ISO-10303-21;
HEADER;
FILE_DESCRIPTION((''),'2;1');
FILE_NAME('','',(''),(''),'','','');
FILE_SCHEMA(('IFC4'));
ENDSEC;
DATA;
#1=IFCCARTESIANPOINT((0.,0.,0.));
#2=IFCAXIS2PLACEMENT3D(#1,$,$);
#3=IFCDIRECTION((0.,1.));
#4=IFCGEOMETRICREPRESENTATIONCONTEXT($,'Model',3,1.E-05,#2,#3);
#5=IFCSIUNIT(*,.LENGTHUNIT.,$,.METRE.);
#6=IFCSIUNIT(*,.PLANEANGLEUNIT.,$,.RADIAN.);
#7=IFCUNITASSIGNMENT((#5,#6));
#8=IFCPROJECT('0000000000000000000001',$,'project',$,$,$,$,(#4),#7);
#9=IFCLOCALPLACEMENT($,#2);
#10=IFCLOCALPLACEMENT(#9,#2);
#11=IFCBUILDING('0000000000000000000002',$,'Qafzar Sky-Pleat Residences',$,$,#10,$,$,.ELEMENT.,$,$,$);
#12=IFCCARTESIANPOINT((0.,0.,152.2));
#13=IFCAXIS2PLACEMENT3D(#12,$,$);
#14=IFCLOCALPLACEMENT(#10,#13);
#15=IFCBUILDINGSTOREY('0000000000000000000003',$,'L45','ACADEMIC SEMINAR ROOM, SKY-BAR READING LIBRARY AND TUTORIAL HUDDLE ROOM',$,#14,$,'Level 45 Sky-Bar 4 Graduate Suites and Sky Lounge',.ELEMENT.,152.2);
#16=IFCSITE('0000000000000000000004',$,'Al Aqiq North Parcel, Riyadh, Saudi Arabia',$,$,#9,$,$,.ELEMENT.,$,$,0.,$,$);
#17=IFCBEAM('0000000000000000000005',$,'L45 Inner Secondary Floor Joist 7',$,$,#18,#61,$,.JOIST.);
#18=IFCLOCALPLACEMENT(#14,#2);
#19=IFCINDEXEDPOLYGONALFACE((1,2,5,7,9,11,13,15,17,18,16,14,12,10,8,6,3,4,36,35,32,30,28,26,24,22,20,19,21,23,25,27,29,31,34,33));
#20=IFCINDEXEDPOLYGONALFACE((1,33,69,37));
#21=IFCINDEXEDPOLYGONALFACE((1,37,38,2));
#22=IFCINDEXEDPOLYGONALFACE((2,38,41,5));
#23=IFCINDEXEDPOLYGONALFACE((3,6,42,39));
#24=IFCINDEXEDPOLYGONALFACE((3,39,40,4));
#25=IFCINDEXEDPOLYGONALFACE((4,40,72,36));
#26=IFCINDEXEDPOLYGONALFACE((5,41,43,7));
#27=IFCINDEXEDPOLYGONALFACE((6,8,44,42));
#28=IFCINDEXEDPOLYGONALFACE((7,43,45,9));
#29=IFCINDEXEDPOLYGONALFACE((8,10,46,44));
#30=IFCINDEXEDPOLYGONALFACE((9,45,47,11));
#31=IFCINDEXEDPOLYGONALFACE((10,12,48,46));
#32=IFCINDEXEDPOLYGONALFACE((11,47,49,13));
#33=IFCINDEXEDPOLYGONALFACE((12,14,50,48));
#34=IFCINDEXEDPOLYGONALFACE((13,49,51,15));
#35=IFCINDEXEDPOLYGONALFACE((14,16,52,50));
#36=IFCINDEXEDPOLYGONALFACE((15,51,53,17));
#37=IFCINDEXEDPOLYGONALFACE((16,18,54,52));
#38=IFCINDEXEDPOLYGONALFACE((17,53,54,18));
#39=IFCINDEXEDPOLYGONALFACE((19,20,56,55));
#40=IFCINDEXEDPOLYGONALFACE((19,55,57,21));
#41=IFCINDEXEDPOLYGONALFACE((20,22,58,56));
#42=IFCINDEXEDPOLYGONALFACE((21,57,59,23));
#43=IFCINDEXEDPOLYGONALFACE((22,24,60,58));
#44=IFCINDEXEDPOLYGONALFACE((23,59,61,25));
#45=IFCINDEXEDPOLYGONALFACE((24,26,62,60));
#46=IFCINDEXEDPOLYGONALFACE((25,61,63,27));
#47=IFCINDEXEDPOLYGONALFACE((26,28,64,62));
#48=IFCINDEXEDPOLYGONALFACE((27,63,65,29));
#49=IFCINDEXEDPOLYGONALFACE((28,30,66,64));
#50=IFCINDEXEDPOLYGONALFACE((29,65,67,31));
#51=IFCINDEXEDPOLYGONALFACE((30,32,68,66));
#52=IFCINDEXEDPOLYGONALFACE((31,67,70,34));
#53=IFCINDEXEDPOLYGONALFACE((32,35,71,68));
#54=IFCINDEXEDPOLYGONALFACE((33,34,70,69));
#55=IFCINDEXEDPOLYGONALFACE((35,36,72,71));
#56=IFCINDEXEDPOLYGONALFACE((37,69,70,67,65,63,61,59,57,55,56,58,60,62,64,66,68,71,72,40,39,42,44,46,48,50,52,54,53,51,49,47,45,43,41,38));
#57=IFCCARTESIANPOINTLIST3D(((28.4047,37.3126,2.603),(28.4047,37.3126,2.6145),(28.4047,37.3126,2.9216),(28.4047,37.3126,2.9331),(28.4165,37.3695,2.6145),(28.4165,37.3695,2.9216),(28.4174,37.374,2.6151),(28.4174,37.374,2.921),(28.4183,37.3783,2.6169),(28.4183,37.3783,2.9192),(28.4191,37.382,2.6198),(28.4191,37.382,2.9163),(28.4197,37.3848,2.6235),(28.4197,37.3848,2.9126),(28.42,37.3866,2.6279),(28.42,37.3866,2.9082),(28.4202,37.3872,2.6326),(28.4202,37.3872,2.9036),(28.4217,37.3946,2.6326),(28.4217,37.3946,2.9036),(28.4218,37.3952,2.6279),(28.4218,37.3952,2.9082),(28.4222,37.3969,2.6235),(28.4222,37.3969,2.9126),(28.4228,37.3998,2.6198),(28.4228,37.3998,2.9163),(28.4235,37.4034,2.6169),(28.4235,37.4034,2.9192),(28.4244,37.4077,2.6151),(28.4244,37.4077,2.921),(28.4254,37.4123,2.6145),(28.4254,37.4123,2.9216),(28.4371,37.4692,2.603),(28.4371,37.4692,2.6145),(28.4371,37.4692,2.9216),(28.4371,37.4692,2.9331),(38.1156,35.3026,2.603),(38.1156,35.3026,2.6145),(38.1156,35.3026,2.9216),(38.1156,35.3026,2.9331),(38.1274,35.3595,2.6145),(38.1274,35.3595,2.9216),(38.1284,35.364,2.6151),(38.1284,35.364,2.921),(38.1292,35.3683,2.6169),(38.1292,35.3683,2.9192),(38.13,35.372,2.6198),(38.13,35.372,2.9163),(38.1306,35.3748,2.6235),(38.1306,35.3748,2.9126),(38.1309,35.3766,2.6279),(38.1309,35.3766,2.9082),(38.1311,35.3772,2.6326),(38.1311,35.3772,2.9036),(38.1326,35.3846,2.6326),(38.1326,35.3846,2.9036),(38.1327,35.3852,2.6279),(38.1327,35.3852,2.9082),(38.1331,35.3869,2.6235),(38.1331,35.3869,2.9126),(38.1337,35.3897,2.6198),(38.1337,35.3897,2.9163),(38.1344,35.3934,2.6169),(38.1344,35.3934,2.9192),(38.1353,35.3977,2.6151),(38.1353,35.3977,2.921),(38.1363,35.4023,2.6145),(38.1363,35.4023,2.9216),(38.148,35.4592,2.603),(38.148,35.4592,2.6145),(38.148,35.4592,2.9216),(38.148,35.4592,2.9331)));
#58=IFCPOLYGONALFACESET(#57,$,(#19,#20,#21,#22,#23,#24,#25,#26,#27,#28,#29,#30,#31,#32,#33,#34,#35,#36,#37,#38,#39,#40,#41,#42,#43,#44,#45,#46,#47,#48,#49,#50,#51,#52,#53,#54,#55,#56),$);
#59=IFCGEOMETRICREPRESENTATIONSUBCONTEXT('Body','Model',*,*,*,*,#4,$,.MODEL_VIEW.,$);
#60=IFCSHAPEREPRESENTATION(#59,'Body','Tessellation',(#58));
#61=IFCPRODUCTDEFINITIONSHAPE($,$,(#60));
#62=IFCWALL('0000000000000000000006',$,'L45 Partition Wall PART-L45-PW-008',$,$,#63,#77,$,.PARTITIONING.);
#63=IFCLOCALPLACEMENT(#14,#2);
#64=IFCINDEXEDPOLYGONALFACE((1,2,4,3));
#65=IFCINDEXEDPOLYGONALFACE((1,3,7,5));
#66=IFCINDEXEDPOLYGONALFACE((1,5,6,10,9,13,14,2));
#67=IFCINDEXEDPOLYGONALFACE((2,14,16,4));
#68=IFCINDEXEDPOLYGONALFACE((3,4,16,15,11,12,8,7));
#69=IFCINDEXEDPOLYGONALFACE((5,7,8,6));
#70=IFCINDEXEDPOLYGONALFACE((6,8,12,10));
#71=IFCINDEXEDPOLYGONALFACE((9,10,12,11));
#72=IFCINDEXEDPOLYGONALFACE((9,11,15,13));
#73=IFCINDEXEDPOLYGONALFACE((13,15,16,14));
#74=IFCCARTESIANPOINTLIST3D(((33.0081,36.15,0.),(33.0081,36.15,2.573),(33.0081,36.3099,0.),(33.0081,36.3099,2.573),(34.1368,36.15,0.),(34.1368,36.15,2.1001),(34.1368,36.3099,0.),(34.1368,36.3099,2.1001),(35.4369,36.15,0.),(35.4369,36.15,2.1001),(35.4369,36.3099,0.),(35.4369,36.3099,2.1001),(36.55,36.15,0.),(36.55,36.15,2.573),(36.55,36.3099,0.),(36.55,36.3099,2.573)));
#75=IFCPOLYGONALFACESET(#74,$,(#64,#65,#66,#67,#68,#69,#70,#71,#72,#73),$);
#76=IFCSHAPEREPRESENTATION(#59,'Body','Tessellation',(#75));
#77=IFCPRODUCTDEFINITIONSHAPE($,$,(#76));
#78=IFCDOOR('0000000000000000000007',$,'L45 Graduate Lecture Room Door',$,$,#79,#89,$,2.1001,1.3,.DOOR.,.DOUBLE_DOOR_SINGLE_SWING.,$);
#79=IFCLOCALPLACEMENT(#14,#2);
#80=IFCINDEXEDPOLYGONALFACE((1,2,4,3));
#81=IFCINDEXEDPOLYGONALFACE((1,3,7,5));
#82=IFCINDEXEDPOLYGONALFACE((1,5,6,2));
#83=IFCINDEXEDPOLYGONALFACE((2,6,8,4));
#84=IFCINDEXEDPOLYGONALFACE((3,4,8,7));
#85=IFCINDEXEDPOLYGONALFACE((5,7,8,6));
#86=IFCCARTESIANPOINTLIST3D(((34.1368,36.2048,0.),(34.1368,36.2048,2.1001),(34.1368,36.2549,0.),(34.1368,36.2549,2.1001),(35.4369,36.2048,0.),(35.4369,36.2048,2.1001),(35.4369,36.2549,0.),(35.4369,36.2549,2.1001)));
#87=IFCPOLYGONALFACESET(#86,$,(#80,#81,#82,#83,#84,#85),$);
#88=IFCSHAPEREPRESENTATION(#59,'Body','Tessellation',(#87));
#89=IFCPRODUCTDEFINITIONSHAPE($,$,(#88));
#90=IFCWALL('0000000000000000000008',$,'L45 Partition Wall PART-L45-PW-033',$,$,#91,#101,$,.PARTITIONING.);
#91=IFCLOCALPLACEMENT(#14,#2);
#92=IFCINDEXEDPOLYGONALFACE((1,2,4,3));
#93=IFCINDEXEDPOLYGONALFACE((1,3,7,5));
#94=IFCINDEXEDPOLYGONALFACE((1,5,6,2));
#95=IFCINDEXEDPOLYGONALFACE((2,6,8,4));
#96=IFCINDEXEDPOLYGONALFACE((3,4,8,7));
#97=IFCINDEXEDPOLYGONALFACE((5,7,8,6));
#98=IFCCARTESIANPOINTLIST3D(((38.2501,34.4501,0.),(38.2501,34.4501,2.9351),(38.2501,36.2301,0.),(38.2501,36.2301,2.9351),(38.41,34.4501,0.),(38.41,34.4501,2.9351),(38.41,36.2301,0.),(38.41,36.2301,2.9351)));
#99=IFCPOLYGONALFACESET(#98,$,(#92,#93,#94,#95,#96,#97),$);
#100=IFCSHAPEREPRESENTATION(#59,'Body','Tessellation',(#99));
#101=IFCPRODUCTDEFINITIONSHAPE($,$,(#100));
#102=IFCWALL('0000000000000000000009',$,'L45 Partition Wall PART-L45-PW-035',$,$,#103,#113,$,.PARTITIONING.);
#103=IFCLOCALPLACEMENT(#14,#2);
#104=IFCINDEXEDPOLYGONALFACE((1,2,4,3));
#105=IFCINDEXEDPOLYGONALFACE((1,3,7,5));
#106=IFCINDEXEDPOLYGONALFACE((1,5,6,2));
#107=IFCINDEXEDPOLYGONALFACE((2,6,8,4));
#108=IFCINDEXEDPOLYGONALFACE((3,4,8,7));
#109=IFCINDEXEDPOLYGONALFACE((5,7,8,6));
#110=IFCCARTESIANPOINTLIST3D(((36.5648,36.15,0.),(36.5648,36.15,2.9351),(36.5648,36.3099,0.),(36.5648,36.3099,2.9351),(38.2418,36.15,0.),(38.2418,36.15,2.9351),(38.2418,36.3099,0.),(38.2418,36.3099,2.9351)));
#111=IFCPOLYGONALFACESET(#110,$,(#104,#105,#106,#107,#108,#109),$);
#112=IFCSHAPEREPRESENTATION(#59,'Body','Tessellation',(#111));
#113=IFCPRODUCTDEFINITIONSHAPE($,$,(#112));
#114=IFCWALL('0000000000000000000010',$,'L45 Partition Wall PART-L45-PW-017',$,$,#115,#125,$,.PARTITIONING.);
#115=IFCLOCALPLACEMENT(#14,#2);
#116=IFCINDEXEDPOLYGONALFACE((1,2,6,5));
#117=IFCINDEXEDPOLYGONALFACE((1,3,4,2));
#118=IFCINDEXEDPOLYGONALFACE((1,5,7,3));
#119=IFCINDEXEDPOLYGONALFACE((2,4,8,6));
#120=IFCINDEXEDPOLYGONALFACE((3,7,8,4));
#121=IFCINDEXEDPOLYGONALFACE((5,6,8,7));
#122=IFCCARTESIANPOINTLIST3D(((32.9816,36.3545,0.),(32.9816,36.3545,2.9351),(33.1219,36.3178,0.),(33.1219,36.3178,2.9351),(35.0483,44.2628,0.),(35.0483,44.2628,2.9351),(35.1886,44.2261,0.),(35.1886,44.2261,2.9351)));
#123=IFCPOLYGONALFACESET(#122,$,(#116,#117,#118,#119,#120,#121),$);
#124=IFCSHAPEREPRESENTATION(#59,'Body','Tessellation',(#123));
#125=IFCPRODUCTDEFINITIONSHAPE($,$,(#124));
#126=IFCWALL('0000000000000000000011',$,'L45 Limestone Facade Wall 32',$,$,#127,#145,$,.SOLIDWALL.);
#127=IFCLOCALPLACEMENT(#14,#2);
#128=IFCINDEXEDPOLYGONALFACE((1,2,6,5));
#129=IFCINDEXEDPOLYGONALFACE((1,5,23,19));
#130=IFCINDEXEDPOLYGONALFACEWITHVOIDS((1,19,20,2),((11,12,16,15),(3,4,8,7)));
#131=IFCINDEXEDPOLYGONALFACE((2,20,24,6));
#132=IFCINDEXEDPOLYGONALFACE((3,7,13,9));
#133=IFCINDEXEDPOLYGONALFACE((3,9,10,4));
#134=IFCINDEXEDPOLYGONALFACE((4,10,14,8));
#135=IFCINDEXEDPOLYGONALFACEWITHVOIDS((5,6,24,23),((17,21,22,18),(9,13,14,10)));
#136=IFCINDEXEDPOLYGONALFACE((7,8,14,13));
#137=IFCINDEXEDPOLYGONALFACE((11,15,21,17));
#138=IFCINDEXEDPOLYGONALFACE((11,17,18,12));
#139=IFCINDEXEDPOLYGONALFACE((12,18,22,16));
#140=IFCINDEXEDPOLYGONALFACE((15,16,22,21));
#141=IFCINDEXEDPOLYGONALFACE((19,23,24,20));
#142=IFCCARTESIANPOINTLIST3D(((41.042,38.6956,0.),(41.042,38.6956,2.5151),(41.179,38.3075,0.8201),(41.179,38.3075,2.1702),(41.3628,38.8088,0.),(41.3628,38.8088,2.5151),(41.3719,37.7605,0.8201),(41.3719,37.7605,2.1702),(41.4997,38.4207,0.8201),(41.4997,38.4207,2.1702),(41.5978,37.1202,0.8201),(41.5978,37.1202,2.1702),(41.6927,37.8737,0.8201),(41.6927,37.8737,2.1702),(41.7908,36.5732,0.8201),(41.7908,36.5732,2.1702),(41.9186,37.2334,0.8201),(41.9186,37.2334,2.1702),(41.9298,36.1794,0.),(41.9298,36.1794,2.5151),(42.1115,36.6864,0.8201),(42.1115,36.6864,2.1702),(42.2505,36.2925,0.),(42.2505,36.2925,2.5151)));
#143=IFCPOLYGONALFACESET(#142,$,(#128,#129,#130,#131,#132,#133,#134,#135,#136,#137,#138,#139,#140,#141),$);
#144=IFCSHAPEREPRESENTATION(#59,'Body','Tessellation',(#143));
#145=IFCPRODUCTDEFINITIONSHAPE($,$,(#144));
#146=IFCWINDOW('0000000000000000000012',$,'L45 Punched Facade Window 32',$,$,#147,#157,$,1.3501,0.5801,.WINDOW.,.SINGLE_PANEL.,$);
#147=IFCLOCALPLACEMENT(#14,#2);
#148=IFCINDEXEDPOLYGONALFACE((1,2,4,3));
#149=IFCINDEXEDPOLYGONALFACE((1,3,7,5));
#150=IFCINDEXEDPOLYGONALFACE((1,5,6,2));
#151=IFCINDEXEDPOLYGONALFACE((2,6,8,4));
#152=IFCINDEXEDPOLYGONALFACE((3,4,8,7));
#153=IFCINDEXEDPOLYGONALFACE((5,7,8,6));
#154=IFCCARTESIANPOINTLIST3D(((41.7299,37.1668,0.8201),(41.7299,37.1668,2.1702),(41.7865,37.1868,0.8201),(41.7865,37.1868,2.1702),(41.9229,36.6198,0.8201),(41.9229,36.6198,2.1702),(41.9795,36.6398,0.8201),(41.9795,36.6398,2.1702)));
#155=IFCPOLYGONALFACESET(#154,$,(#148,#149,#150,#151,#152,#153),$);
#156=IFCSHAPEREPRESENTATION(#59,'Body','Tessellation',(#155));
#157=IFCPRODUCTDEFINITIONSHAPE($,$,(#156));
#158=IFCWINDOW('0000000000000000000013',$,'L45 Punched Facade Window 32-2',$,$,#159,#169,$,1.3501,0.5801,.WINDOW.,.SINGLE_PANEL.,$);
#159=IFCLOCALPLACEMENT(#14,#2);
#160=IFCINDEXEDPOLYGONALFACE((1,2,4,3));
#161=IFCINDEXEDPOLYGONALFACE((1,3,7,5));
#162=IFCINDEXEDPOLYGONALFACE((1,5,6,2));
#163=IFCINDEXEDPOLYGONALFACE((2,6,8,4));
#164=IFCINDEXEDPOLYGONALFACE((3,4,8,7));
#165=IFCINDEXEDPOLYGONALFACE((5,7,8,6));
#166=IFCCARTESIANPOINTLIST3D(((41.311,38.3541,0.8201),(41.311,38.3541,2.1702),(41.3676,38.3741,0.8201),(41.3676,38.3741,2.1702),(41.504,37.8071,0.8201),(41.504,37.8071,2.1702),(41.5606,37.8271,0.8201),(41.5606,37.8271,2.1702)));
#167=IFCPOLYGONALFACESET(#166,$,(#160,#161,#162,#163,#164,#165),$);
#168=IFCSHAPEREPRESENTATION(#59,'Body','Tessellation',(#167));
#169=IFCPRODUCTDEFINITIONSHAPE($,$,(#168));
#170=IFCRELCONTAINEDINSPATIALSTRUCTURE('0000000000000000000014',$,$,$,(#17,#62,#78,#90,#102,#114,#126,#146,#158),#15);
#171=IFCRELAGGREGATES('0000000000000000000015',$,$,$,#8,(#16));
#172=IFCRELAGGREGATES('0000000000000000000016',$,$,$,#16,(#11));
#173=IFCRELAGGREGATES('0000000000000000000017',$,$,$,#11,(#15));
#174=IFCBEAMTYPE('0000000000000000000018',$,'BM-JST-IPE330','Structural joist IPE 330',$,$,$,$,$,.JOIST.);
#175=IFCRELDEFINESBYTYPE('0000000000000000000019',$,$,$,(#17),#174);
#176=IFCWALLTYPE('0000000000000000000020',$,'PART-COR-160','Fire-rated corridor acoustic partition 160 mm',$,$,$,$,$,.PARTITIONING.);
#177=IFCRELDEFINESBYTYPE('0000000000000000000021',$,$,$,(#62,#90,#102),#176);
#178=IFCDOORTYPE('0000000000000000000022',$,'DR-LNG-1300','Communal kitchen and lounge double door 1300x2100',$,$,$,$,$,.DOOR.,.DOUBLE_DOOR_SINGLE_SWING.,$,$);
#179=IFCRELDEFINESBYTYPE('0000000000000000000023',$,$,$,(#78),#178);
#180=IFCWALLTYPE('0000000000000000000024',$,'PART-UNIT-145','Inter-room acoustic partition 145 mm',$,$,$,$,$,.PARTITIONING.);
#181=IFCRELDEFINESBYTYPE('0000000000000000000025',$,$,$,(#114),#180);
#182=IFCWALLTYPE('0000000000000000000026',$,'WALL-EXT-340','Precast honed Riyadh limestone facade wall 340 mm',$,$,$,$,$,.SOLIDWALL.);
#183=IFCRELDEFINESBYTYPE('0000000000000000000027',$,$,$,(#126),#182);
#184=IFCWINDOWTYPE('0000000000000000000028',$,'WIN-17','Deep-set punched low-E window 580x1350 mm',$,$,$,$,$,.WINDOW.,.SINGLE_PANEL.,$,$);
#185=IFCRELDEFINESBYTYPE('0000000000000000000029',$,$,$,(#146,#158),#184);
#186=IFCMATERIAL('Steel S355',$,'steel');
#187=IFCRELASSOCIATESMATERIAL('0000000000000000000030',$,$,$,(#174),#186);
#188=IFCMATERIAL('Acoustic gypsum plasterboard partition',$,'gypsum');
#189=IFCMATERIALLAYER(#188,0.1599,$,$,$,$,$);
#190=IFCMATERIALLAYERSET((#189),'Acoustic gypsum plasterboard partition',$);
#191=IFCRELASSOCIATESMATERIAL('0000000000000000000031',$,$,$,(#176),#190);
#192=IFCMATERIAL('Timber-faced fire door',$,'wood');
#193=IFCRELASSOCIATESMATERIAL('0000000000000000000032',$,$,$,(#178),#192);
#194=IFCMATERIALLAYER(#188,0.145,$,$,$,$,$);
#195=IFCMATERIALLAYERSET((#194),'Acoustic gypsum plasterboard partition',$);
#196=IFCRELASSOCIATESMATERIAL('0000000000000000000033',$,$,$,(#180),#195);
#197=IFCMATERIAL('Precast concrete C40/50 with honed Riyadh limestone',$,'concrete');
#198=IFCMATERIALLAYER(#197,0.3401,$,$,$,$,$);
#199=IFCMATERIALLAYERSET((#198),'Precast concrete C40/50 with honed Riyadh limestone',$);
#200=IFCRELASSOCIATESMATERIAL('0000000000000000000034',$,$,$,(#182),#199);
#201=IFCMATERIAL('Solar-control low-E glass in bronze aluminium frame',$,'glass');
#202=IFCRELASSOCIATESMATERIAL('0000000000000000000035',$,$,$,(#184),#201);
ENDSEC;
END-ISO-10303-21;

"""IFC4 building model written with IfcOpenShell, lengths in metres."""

from ifc_helpers import new_model, si_unit, direction, frame, frame_2d, origin, origin_2d, place, context, subcontext, project, spatial, rectangle, i_section, extrude, source, transform, mapped, material, layer, layer_set, material_profile, profile_set, type_object, element, fill, save


model = new_model("IFC4")

# Units and contexts
model_context = context("Model", 3, precision=1e-05, world=origin(), true_north=direction((0.0, 1.0)))
body_context = subcontext(model_context, "Body", "Model", "MODEL_VIEW")
ifc_project = project(units=[si_unit("LENGTHUNIT", "METRE"), si_unit("PLANEANGLEUNIT", "RADIAN")], contexts=[model_context])

# Site, building, storey
site_placement = place(None, origin())
site = spatial("IfcSite", under=ifc_project, at=site_placement, Name="Al Aqiq North Parcel, Riyadh, Saudi Arabia", CompositionType="ELEMENT", RefElevation=0.0)
building_placement = place(site_placement, origin())
building = spatial("IfcBuilding", under=site, at=building_placement, Name="Qafzar Sky-Pleat Residences", CompositionType="ELEMENT")
storey_placement = place(building_placement, frame((0.0, 0.0, 152.2)))
storey = spatial("IfcBuildingStorey", under=building, at=storey_placement, Name="L45", Description="ACADEMIC SEMINAR ROOM, SKY-BAR READING LIBRARY AND TUTORIAL HUDDLE ROOM", LongName="Level 45 Sky-Bar 4 Graduate Suites and Sky Lounge", CompositionType="ELEMENT", Elevation=152.2)

# Beam
ifc_material_1 = material(Name="Steel S355", Category="steel")
ifc_material_profile_1 = material_profile(ifc_material_1, i_section(OverallWidth=0.1599, OverallDepth=0.3301, WebThickness=0.0076, FlangeThickness=0.0115, FilletRadius=0.0181, at=origin_2d()), Name="IPE 330")
ifc_profile_set_1 = profile_set([ifc_material_profile_1], Name="Steel S355")
beam_type_1 = type_object("IfcBeamType", Name="BM-JST-IPE330", Description="Structural joist IPE 330", PredefinedType="JOIST", material=ifc_profile_set_1)
shared_shape_1 = source(origin(), body_context, "Body", "SweptSolid", [
    extrude(i_section(OverallWidth=0.1599, OverallDepth=0.3301, WebThickness=0.0076, FlangeThickness=0.0115, FilletRadius=0.0181, at=origin_2d()), origin(), (0.0, 0.0, 1.0), 9.9167),
])
beam_1_placement = place(storey_placement, frame((38.1318, 35.3809, 2.7681), z_axis=(-0.979243, 0.202688, 0.0), x_axis=(-0.202688, -0.979243, 0.0)))
element("IfcBeam", 1, at=beam_1_placement, inside=storey, type_object=beam_type_1, Name="L45 Inner Secondary Floor Joist 7", PredefinedType="JOIST", context=body_context, shape_type="MappedRepresentation", body=[
    mapped(shared_shape_1, transform((0.0, 0.0, 0.0), x_axis=(1.0, 0.0, 0.0), y_axis=(0.0, 1.0, 0.0), z_axis=(0.0, 0.0, 1.0), scale=1.0)),
])

# Wall, opening, door
ifc_material_2 = material(Name="Acoustic gypsum plasterboard partition", Category="gypsum")
ifc_layer_1 = layer(ifc_material_2, 0.1599)
ifc_layer_set_1 = layer_set([ifc_layer_1], Name="Acoustic gypsum plasterboard partition")
wall_type_1 = type_object("IfcWallType", Name="PART-COR-160", Description="Fire-rated corridor acoustic partition 160 mm", PredefinedType="PARTITIONING", material=ifc_layer_set_1)
wall_1_placement = place(storey_placement, frame((33.0081, 36.23, 0.0), z_axis=(0.0, 0.0, 1.0), x_axis=(1.0, 0.0, 0.0)))
wall_1 = element("IfcWall", 2, at=wall_1_placement, inside=storey, type_object=wall_type_1, Name="L45 Partition Wall PART-L45-PW-008", PredefinedType="PARTITIONING", context=body_context, shape_type="SweptSolid", body=[
    extrude(rectangle(XDim=3.542, YDim=0.1599, at=frame_2d((1.771, 0.0))), origin(), (0.0, 0.0, 1.0), 2.573),
])
opening_1_placement = place(wall_1_placement, frame((1.1289, 0.0, 0.0)))
opening_1 = element("IfcOpeningElement", 3, at=opening_1_placement, cuts=wall_1, PredefinedType="OPENING", context=body_context, shape_type="SweptSolid", body=[
    extrude(rectangle(XDim=1.3, YDim=2.1001, at=frame_2d((0.6499, 1.05))), frame((0.0, 0.0898, 0.0), z_axis=(0.0, -1.0, 0.0), x_axis=(1.0, 0.0, 0.0)), (0.0, 0.0, 1.0), 0.1799),
])
ifc_material_3 = material(Name="Timber-faced fire door", Category="wood")
door_type = type_object("IfcDoorType", Name="DR-LNG-1300", Description="Communal kitchen and lounge double door 1300x2100", OperationType="DOUBLE_DOOR_SINGLE_SWING", PredefinedType="DOOR", material=ifc_material_3)
shared_shape_2 = source(origin(), body_context, "Body", "SweptSolid", [
    extrude(rectangle(XDim=1.3, YDim=2.1001, at=frame_2d((0.6499, 1.05))), frame((0.0, 0.0249, 0.0), z_axis=(0.0, -1.0, 0.0), x_axis=(1.0, 0.0, 0.0)), (0.0, 0.0, 1.0), 0.05),
])
door_placement = place(opening_1_placement, origin())
door = element("IfcDoor", 4, at=door_placement, inside=storey, type_object=door_type, Name="L45 Graduate Lecture Room Door", OperationType="DOUBLE_DOOR_SINGLE_SWING", OverallHeight=2.1001, OverallWidth=1.3, PredefinedType="DOOR", context=body_context, shape_type="MappedRepresentation", body=[
    mapped(shared_shape_2, transform((0.0, 0.0, 0.0), x_axis=(1.0, 0.0, 0.0), y_axis=(0.0, 1.0, 0.0), z_axis=(0.0, 0.0, 1.0), scale=1.0)),
])
fill(opening_1, door)

# Walls
wall_2_placement = place(storey_placement, frame((38.3301, 34.45, 0.0), z_axis=(0.0, 0.0, 1.0), x_axis=(0.0, 1.0, 0.0)))
element("IfcWall", 5, at=wall_2_placement, inside=storey, type_object=wall_type_1, Name="L45 Partition Wall PART-L45-PW-033", PredefinedType="PARTITIONING", context=body_context, shape_type="SweptSolid", body=[
    extrude(rectangle(XDim=1.78, YDim=0.1599, at=frame_2d((0.8901, 0.0))), origin(), (0.0, 0.0, 1.0), 2.9351),
])
wall_3_placement = place(storey_placement, frame((36.5649, 36.23, 0.0), z_axis=(0.0, 0.0, 1.0), x_axis=(1.0, 0.0, 0.0)))
element("IfcWall", 6, at=wall_3_placement, inside=storey, type_object=wall_type_1, Name="L45 Partition Wall PART-L45-PW-035", PredefinedType="PARTITIONING", context=body_context, shape_type="SweptSolid", body=[
    extrude(rectangle(XDim=1.677, YDim=0.1599, at=frame_2d((0.8384, 0.0))), origin(), (0.0, 0.0, 1.0), 2.9351),
])
ifc_layer_2 = layer(ifc_material_2, 0.145)
ifc_layer_set_2 = layer_set([ifc_layer_2], Name="Acoustic gypsum plasterboard partition")
wall_type_2 = type_object("IfcWallType", Name="PART-UNIT-145", Description="Inter-room acoustic partition 145 mm", PredefinedType="PARTITIONING", material=ifc_layer_set_2)
wall_4_placement = place(storey_placement, frame((33.0518, 36.3362, 0.0), z_axis=(0.0, 0.0, 1.0), x_axis=(0.252839, 0.967508, 0.0)))
element("IfcWall", 7, at=wall_4_placement, inside=storey, type_object=wall_type_2, Name="L45 Partition Wall PART-L45-PW-017", PredefinedType="PARTITIONING", context=body_context, shape_type="SweptSolid", body=[
    extrude(rectangle(XDim=8.1738, YDim=0.145, at=frame_2d((4.0869, 0.0))), origin(), (0.0, 0.0, 1.0), 2.9351),
])

# Wall, openings, windows
ifc_material_4 = material(Name="Precast concrete C40/50 with honed Riyadh limestone", Category="concrete")
ifc_layer_3 = layer(ifc_material_4, 0.3401)
ifc_layer_set_3 = layer_set([ifc_layer_3], Name="Precast concrete C40/50 with honed Riyadh limestone")
wall_type_3 = type_object("IfcWallType", Name="WALL-EXT-340", Description="Precast honed Riyadh limestone facade wall 340 mm", PredefinedType="SOLIDWALL", material=ifc_layer_set_3)
wall_5_placement = place(storey_placement, frame((42.0901, 36.2361, 0.0), z_axis=(0.0, 0.0, 1.0), x_axis=(-0.332705, 0.943031, 0.0)))
wall_5 = element("IfcWall", 8, at=wall_5_placement, inside=storey, type_object=wall_type_3, Name="L45 Limestone Facade Wall 32", PredefinedType="SOLIDWALL", context=body_context, shape_type="SweptSolid", body=[
    extrude(rectangle(XDim=2.6682, YDim=0.3401, at=frame_2d((1.334, 0.0))), origin(), (0.0, 0.0, 1.0), 2.5151),
])
opening_2_placement = place(wall_5_placement, frame((0.4175, 0.0, 0.8201)))
opening_2 = element("IfcOpeningElement", 9, at=opening_2_placement, cuts=wall_5, PredefinedType="OPENING", context=body_context, shape_type="SweptSolid", body=[
    extrude(rectangle(XDim=0.5801, YDim=1.3501, at=frame_2d((0.29, 0.675))), frame((0.0, 0.1802, 0.0), z_axis=(0.0, -1.0, 0.0), x_axis=(1.0, 0.0, 0.0)), (0.0, 0.0, 1.0), 0.3601),
])
opening_3_placement = place(wall_5_placement, frame((1.6765, 0.0, 0.8201)))
opening_3 = element("IfcOpeningElement", 10, at=opening_3_placement, cuts=wall_5, PredefinedType="OPENING", context=body_context, shape_type="SweptSolid", body=[
    extrude(rectangle(XDim=0.5801, YDim=1.3501, at=frame_2d((0.29, 0.675))), frame((0.0, 0.1802, 0.0), z_axis=(0.0, -1.0, 0.0), x_axis=(1.0, 0.0, 0.0)), (0.0, 0.0, 1.0), 0.3601),
])
ifc_material_5 = material(Name="Solar-control low-E glass in bronze aluminium frame", Category="glass")
window_type_1 = type_object("IfcWindowType", Name="WIN-17", Description="Deep-set punched low-E window 580x1350 mm", PartitioningType="SINGLE_PANEL", PredefinedType="WINDOW", material=ifc_material_5)
shared_shape_3 = source(origin(), body_context, "Body", "SweptSolid", [
    extrude(rectangle(XDim=0.5801, YDim=1.3501, at=frame_2d((0.29, 0.675))), frame((0.0, 0.03, 0.0), z_axis=(0.0, -1.0, 0.0), x_axis=(1.0, 0.0, 0.0)), (0.0, 0.0, 1.0), 0.0601),
])
window_1_placement = place(opening_2_placement, origin())
window_1 = element("IfcWindow", 11, at=window_1_placement, inside=storey, type_object=window_type_1, Name="L45 Punched Facade Window 32", OverallHeight=1.3501, OverallWidth=0.5801, PartitioningType="SINGLE_PANEL", PredefinedType="WINDOW", context=body_context, shape_type="MappedRepresentation", body=[
    mapped(shared_shape_3, transform((0.0, 0.0, 0.0), x_axis=(1.0, 0.0, 0.0), y_axis=(0.0, 1.0, 0.0), z_axis=(0.0, 0.0, 1.0), scale=1.0)),
])
fill(opening_2, window_1)
window_2_placement = place(opening_3_placement, origin())
window_2 = element("IfcWindow", 12, at=window_2_placement, inside=storey, type_object=window_type_1, Name="L45 Punched Facade Window 32-2", OverallHeight=1.3501, OverallWidth=0.5801, PartitioningType="SINGLE_PANEL", PredefinedType="WINDOW", context=body_context, shape_type="MappedRepresentation", body=[
    mapped(shared_shape_3, transform((0.0, 0.0, 0.0), x_axis=(1.0, 0.0, 0.0), y_axis=(0.0, 1.0, 0.0), z_axis=(0.0, 0.0, 1.0), scale=1.0)),
])
fill(opening_3, window_2)

save(model, "model.ifc")
